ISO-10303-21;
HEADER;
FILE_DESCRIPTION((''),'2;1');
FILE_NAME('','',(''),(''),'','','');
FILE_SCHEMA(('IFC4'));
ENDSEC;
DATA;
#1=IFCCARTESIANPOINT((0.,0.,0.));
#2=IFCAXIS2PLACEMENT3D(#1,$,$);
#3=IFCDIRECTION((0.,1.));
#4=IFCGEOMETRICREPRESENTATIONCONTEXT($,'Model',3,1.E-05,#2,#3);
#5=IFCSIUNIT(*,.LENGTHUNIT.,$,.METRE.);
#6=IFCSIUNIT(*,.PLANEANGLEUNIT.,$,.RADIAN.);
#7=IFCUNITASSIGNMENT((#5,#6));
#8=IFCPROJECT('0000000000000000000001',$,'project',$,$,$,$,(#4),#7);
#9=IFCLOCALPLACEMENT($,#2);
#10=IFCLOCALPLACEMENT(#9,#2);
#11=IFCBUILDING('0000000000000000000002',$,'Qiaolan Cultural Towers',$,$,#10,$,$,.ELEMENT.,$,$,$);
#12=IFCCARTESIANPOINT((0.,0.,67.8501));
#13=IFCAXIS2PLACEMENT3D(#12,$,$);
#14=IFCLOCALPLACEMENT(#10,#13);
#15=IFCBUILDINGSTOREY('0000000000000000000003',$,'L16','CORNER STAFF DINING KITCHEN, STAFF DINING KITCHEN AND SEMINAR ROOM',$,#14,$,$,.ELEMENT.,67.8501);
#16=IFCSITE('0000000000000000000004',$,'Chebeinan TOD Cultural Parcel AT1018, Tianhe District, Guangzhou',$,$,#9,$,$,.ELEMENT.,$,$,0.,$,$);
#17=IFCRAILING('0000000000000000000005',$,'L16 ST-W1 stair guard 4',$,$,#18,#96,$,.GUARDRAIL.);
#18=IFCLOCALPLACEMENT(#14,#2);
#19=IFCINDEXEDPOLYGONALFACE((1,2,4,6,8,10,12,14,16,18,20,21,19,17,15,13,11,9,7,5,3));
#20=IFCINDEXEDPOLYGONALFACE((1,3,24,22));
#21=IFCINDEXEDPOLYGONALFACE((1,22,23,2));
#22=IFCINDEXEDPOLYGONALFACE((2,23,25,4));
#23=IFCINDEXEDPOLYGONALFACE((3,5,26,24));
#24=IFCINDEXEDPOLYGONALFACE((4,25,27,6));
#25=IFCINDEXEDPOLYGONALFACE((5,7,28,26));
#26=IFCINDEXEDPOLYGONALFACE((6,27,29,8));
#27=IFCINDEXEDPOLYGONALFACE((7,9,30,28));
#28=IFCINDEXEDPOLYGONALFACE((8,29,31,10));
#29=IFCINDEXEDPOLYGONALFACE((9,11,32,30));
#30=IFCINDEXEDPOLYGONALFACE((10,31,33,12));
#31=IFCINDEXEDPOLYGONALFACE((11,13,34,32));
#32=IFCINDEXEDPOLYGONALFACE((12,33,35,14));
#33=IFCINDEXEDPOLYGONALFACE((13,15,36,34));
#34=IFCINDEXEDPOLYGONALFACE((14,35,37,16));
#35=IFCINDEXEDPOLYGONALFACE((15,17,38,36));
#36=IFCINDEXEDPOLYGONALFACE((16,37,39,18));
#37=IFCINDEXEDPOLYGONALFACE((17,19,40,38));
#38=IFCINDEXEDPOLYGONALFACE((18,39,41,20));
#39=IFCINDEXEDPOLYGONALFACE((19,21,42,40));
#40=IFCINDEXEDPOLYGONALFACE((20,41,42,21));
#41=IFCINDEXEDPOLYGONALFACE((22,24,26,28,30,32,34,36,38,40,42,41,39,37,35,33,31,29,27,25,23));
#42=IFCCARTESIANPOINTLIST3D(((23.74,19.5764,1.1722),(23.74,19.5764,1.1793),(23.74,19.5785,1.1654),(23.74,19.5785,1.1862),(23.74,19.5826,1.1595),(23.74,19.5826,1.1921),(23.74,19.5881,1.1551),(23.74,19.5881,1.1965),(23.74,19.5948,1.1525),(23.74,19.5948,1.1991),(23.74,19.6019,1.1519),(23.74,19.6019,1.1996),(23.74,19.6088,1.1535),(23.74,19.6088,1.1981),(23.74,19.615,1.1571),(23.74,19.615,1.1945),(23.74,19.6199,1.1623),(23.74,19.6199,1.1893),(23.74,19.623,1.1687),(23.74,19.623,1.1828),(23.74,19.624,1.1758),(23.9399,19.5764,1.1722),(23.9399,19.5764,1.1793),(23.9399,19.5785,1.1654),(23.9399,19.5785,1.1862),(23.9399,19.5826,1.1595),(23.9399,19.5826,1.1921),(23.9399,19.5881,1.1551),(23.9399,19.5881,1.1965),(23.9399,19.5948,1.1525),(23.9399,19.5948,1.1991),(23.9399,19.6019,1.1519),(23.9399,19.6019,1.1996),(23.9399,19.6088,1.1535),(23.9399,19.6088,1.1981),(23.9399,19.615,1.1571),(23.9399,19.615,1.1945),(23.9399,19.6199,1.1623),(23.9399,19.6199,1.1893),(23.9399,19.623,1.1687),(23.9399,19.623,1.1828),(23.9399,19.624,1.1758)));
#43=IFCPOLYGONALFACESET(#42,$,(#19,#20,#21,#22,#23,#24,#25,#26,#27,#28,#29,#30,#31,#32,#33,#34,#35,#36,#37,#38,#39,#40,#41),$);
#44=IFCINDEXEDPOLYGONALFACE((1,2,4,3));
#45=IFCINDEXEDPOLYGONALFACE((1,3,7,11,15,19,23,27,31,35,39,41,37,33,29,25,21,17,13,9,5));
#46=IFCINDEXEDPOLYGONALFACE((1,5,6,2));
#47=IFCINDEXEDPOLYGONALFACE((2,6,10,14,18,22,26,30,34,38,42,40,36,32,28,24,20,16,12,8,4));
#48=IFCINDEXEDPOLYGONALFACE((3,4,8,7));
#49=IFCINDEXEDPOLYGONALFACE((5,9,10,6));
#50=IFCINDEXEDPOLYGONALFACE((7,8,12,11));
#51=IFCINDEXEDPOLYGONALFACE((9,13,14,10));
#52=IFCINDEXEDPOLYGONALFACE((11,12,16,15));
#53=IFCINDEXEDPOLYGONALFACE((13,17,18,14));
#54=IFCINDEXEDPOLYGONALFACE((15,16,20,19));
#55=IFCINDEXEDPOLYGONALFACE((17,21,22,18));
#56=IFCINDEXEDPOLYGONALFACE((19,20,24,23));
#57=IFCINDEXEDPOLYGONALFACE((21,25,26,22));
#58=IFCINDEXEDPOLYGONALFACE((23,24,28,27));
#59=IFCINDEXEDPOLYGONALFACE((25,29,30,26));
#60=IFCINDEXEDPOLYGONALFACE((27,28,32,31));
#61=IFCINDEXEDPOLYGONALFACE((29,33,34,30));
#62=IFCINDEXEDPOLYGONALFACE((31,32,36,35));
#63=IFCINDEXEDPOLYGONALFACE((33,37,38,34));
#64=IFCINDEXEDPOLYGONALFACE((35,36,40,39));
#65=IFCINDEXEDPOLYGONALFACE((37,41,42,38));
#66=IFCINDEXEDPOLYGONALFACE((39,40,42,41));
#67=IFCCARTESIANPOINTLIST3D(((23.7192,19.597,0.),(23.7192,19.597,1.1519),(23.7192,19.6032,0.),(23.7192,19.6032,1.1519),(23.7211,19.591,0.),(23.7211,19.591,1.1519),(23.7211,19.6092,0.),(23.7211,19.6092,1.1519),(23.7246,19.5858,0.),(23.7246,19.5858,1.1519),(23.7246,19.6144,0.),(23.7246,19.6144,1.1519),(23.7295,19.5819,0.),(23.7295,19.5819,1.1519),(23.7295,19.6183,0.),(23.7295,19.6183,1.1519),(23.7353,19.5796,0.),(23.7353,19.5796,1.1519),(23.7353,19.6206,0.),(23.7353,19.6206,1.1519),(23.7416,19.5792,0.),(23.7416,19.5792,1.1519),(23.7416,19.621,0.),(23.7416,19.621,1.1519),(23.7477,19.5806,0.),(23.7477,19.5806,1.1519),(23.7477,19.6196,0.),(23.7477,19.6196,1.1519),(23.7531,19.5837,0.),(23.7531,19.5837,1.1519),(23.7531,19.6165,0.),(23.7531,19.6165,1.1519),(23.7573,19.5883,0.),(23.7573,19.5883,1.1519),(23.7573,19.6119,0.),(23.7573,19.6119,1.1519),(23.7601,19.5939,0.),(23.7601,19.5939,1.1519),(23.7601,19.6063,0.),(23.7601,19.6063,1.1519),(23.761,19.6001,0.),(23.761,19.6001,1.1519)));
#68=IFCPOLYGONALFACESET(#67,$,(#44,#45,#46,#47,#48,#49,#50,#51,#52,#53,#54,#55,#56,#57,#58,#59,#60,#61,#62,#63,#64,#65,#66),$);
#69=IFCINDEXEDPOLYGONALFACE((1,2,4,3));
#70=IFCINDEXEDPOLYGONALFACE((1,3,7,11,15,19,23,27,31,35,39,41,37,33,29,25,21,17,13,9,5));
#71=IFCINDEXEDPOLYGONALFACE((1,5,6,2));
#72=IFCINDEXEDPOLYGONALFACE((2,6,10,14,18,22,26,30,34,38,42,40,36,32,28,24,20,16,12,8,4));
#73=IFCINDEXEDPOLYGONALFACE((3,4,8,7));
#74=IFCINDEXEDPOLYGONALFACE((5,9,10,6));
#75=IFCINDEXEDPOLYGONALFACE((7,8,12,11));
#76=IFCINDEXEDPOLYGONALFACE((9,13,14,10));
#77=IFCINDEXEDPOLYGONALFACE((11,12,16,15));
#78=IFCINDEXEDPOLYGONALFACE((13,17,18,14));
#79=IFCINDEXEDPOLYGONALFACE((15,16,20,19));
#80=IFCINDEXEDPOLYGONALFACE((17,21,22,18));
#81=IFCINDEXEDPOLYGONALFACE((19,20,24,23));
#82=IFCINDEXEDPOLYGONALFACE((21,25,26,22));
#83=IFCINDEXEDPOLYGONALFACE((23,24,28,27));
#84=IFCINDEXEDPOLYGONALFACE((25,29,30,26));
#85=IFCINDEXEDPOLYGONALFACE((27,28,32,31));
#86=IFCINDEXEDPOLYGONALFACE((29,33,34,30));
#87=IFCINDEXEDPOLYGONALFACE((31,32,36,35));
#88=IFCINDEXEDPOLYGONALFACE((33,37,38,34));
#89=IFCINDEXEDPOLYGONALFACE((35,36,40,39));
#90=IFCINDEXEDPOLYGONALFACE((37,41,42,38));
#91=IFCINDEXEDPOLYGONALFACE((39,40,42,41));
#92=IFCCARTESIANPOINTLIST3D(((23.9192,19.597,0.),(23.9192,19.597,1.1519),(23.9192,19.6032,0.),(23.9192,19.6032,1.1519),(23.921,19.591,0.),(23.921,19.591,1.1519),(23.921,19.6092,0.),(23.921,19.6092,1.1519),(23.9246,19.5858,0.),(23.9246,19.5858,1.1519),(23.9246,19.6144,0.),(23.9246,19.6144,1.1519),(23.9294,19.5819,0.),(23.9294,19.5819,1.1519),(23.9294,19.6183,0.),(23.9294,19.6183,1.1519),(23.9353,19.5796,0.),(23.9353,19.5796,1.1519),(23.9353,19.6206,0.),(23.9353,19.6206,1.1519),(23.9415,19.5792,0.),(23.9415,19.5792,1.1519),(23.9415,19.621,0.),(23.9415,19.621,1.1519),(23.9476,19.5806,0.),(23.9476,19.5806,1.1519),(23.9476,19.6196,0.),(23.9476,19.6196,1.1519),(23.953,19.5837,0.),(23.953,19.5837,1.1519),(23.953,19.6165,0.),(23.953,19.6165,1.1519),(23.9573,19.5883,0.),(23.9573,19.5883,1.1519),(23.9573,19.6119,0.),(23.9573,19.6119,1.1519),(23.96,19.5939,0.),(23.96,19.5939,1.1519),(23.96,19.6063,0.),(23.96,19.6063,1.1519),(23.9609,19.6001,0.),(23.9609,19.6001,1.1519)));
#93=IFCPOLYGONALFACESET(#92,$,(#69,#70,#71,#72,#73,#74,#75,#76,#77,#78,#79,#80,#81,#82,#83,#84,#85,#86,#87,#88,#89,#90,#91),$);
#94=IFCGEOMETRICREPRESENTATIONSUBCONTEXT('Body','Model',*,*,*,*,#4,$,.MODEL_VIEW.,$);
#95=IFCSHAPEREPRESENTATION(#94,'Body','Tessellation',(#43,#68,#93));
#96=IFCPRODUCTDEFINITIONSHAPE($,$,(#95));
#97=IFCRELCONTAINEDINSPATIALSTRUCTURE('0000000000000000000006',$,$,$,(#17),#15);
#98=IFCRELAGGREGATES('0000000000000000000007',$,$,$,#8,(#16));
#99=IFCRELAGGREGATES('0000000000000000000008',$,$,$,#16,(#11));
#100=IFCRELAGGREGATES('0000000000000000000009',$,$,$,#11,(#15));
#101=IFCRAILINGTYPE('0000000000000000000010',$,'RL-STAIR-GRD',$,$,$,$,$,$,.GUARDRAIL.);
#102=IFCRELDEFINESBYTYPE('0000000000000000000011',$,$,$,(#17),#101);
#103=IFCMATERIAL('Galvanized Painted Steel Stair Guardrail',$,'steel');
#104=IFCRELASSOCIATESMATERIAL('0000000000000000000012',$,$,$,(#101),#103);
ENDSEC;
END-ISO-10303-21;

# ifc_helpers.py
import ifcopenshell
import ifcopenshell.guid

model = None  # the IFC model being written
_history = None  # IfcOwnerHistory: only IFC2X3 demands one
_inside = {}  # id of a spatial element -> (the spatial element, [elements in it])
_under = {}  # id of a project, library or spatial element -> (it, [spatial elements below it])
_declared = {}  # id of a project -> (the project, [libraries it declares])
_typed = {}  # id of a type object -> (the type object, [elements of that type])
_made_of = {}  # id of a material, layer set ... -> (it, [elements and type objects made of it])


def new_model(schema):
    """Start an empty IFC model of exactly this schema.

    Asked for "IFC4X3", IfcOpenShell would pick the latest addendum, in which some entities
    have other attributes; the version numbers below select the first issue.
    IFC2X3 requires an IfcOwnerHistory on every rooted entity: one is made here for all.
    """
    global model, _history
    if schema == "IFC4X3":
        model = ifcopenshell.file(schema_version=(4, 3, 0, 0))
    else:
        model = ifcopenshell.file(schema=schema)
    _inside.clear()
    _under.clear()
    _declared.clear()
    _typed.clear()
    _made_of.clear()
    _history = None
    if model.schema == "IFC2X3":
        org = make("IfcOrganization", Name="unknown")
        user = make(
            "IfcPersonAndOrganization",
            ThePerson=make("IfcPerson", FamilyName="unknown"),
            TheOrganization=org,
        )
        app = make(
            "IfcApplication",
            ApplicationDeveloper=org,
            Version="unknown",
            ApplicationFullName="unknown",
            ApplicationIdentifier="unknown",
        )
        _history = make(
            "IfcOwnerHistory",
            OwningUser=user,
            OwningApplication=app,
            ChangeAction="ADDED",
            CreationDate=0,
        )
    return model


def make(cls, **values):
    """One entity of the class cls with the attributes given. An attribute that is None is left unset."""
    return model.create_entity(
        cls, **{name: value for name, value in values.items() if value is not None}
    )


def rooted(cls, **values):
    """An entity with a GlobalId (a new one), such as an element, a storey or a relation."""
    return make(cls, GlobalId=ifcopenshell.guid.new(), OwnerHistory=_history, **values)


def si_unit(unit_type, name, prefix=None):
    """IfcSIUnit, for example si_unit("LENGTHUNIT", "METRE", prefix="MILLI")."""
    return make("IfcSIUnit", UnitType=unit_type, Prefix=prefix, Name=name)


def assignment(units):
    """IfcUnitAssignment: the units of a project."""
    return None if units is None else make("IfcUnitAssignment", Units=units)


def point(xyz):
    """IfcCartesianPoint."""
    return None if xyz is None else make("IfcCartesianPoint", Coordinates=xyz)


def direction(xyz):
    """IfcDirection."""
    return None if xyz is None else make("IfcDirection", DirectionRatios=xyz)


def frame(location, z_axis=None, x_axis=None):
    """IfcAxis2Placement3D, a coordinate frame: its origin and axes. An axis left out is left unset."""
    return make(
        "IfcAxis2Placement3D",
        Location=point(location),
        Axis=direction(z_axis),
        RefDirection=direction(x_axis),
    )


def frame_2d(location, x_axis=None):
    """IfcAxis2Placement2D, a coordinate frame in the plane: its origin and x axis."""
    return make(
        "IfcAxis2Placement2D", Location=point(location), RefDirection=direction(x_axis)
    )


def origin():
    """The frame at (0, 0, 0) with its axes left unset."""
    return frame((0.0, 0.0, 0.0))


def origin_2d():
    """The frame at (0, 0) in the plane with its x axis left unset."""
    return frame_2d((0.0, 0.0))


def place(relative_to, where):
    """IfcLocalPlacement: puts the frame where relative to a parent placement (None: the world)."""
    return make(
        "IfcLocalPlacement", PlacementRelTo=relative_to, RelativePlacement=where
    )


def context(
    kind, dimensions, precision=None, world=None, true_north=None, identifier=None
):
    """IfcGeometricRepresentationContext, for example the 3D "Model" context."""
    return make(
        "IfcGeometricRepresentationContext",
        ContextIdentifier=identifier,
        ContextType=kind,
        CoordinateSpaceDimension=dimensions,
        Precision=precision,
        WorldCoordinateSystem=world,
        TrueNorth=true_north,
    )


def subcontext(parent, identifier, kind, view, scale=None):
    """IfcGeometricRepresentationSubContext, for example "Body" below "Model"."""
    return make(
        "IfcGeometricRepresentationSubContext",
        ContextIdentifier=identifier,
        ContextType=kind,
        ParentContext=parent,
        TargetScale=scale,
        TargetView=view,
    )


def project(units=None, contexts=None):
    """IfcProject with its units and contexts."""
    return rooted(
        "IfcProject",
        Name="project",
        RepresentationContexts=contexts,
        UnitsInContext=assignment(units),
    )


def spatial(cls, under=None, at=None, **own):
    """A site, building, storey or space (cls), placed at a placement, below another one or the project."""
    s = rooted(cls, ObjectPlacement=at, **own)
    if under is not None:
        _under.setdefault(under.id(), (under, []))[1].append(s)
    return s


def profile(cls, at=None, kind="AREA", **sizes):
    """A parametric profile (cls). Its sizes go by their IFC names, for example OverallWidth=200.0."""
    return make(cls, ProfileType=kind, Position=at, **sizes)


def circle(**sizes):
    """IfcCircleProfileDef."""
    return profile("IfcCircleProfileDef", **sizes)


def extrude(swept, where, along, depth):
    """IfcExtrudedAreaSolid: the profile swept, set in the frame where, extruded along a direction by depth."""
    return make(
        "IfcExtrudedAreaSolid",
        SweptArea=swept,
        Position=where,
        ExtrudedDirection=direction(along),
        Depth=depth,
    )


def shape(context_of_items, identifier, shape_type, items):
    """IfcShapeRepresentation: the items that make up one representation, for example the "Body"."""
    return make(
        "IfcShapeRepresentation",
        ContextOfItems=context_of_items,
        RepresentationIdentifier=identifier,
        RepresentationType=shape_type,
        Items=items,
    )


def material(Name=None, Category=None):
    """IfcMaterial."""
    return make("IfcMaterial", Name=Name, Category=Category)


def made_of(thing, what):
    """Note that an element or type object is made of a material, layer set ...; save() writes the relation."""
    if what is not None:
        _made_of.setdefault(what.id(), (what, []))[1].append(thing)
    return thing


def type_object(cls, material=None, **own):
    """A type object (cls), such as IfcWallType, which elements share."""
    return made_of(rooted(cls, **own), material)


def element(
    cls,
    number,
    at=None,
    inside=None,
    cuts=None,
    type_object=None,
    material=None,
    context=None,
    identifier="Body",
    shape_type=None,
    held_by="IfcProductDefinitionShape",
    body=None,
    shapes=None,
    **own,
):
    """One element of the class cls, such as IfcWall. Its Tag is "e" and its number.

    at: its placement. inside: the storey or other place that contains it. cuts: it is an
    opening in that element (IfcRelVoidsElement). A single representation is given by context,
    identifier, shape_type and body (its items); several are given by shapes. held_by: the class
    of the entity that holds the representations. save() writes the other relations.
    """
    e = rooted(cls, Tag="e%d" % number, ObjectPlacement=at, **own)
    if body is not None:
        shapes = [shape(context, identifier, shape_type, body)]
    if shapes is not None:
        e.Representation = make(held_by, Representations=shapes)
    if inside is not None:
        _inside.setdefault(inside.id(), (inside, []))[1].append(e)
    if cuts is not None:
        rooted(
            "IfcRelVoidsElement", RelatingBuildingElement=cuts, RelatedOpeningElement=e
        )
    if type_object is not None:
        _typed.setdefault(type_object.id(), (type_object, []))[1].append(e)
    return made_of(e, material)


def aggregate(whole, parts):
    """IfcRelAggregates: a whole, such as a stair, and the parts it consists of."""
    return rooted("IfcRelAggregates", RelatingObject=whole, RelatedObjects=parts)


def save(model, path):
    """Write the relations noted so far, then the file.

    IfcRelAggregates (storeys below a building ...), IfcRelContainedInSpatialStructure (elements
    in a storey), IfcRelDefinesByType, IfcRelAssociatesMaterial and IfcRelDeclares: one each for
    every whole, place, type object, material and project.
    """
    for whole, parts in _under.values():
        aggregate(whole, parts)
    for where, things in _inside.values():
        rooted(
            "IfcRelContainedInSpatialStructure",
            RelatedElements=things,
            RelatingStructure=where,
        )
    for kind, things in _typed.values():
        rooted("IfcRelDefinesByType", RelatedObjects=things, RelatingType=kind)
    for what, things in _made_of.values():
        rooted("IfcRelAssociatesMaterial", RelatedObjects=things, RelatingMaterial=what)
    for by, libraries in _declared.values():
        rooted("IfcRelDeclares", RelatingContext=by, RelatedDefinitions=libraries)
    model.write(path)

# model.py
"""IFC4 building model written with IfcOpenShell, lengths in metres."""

from ifc_helpers import new_model, si_unit, direction, frame, origin, origin_2d, place, context, subcontext, project, spatial, circle, extrude, material, type_object, element, save


model = new_model("IFC4")

# Units and contexts
model_context = context("Model", 3, precision=1e-05, world=origin(), true_north=direction((0.0, 1.0)))
body_context = subcontext(model_context, "Body", "Model", "MODEL_VIEW")
ifc_project = project(units=[si_unit("LENGTHUNIT", "METRE"), si_unit("PLANEANGLEUNIT", "RADIAN")], contexts=[model_context])

# Site, building, storey
site_placement = place(None, origin())
site = spatial("IfcSite", under=ifc_project, at=site_placement, Name="Chebeinan TOD Cultural Parcel AT1018, Tianhe District, Guangzhou", CompositionType="ELEMENT", RefElevation=0.0)
building_placement = place(site_placement, origin())
building = spatial("IfcBuilding", under=site, at=building_placement, Name="Qiaolan Cultural Towers", CompositionType="ELEMENT")
storey_placement = place(building_placement, frame((0.0, 0.0, 67.8501)))
storey = spatial("IfcBuildingStorey", under=building, at=storey_placement, Name="L16", Description="CORNER STAFF DINING KITCHEN, STAFF DINING KITCHEN AND SEMINAR ROOM", CompositionType="ELEMENT", Elevation=67.8501)

# Railing
ifc_material_1 = material(Name="Galvanized Painted Steel Stair Guardrail", Category="steel")
railing_type_1 = type_object("IfcRailingType", Name="RL-STAIR-GRD", PredefinedType="GUARDRAIL", material=ifc_material_1)
railing_1_placement = place(storey_placement, frame((23.74, 19.6001, 0.0)))
element("IfcRailing", 1, at=railing_1_placement, inside=storey, type_object=railing_type_1, Name="L16 ST-W1 stair guard 4", PredefinedType="GUARDRAIL", context=body_context, shape_type="SweptSolid", body=[
    extrude(circle(Radius=0.0239, at=origin_2d()), frame((0.0, 0.0, 1.1758), z_axis=(1.0, 0.0, 0.0), x_axis=(0.0, 1.0, 0.0)), (0.0, 0.0, 1.0), 0.2),
    extrude(circle(Radius=0.021, at=origin_2d()), origin(), (0.0, 0.0, 1.0), 1.1519),
    extrude(circle(Radius=0.021, at=origin_2d()), frame((0.2, 0.0, 0.0)), (0.0, 0.0, 1.0), 1.1519),
])

save(model, "model.ifc")
